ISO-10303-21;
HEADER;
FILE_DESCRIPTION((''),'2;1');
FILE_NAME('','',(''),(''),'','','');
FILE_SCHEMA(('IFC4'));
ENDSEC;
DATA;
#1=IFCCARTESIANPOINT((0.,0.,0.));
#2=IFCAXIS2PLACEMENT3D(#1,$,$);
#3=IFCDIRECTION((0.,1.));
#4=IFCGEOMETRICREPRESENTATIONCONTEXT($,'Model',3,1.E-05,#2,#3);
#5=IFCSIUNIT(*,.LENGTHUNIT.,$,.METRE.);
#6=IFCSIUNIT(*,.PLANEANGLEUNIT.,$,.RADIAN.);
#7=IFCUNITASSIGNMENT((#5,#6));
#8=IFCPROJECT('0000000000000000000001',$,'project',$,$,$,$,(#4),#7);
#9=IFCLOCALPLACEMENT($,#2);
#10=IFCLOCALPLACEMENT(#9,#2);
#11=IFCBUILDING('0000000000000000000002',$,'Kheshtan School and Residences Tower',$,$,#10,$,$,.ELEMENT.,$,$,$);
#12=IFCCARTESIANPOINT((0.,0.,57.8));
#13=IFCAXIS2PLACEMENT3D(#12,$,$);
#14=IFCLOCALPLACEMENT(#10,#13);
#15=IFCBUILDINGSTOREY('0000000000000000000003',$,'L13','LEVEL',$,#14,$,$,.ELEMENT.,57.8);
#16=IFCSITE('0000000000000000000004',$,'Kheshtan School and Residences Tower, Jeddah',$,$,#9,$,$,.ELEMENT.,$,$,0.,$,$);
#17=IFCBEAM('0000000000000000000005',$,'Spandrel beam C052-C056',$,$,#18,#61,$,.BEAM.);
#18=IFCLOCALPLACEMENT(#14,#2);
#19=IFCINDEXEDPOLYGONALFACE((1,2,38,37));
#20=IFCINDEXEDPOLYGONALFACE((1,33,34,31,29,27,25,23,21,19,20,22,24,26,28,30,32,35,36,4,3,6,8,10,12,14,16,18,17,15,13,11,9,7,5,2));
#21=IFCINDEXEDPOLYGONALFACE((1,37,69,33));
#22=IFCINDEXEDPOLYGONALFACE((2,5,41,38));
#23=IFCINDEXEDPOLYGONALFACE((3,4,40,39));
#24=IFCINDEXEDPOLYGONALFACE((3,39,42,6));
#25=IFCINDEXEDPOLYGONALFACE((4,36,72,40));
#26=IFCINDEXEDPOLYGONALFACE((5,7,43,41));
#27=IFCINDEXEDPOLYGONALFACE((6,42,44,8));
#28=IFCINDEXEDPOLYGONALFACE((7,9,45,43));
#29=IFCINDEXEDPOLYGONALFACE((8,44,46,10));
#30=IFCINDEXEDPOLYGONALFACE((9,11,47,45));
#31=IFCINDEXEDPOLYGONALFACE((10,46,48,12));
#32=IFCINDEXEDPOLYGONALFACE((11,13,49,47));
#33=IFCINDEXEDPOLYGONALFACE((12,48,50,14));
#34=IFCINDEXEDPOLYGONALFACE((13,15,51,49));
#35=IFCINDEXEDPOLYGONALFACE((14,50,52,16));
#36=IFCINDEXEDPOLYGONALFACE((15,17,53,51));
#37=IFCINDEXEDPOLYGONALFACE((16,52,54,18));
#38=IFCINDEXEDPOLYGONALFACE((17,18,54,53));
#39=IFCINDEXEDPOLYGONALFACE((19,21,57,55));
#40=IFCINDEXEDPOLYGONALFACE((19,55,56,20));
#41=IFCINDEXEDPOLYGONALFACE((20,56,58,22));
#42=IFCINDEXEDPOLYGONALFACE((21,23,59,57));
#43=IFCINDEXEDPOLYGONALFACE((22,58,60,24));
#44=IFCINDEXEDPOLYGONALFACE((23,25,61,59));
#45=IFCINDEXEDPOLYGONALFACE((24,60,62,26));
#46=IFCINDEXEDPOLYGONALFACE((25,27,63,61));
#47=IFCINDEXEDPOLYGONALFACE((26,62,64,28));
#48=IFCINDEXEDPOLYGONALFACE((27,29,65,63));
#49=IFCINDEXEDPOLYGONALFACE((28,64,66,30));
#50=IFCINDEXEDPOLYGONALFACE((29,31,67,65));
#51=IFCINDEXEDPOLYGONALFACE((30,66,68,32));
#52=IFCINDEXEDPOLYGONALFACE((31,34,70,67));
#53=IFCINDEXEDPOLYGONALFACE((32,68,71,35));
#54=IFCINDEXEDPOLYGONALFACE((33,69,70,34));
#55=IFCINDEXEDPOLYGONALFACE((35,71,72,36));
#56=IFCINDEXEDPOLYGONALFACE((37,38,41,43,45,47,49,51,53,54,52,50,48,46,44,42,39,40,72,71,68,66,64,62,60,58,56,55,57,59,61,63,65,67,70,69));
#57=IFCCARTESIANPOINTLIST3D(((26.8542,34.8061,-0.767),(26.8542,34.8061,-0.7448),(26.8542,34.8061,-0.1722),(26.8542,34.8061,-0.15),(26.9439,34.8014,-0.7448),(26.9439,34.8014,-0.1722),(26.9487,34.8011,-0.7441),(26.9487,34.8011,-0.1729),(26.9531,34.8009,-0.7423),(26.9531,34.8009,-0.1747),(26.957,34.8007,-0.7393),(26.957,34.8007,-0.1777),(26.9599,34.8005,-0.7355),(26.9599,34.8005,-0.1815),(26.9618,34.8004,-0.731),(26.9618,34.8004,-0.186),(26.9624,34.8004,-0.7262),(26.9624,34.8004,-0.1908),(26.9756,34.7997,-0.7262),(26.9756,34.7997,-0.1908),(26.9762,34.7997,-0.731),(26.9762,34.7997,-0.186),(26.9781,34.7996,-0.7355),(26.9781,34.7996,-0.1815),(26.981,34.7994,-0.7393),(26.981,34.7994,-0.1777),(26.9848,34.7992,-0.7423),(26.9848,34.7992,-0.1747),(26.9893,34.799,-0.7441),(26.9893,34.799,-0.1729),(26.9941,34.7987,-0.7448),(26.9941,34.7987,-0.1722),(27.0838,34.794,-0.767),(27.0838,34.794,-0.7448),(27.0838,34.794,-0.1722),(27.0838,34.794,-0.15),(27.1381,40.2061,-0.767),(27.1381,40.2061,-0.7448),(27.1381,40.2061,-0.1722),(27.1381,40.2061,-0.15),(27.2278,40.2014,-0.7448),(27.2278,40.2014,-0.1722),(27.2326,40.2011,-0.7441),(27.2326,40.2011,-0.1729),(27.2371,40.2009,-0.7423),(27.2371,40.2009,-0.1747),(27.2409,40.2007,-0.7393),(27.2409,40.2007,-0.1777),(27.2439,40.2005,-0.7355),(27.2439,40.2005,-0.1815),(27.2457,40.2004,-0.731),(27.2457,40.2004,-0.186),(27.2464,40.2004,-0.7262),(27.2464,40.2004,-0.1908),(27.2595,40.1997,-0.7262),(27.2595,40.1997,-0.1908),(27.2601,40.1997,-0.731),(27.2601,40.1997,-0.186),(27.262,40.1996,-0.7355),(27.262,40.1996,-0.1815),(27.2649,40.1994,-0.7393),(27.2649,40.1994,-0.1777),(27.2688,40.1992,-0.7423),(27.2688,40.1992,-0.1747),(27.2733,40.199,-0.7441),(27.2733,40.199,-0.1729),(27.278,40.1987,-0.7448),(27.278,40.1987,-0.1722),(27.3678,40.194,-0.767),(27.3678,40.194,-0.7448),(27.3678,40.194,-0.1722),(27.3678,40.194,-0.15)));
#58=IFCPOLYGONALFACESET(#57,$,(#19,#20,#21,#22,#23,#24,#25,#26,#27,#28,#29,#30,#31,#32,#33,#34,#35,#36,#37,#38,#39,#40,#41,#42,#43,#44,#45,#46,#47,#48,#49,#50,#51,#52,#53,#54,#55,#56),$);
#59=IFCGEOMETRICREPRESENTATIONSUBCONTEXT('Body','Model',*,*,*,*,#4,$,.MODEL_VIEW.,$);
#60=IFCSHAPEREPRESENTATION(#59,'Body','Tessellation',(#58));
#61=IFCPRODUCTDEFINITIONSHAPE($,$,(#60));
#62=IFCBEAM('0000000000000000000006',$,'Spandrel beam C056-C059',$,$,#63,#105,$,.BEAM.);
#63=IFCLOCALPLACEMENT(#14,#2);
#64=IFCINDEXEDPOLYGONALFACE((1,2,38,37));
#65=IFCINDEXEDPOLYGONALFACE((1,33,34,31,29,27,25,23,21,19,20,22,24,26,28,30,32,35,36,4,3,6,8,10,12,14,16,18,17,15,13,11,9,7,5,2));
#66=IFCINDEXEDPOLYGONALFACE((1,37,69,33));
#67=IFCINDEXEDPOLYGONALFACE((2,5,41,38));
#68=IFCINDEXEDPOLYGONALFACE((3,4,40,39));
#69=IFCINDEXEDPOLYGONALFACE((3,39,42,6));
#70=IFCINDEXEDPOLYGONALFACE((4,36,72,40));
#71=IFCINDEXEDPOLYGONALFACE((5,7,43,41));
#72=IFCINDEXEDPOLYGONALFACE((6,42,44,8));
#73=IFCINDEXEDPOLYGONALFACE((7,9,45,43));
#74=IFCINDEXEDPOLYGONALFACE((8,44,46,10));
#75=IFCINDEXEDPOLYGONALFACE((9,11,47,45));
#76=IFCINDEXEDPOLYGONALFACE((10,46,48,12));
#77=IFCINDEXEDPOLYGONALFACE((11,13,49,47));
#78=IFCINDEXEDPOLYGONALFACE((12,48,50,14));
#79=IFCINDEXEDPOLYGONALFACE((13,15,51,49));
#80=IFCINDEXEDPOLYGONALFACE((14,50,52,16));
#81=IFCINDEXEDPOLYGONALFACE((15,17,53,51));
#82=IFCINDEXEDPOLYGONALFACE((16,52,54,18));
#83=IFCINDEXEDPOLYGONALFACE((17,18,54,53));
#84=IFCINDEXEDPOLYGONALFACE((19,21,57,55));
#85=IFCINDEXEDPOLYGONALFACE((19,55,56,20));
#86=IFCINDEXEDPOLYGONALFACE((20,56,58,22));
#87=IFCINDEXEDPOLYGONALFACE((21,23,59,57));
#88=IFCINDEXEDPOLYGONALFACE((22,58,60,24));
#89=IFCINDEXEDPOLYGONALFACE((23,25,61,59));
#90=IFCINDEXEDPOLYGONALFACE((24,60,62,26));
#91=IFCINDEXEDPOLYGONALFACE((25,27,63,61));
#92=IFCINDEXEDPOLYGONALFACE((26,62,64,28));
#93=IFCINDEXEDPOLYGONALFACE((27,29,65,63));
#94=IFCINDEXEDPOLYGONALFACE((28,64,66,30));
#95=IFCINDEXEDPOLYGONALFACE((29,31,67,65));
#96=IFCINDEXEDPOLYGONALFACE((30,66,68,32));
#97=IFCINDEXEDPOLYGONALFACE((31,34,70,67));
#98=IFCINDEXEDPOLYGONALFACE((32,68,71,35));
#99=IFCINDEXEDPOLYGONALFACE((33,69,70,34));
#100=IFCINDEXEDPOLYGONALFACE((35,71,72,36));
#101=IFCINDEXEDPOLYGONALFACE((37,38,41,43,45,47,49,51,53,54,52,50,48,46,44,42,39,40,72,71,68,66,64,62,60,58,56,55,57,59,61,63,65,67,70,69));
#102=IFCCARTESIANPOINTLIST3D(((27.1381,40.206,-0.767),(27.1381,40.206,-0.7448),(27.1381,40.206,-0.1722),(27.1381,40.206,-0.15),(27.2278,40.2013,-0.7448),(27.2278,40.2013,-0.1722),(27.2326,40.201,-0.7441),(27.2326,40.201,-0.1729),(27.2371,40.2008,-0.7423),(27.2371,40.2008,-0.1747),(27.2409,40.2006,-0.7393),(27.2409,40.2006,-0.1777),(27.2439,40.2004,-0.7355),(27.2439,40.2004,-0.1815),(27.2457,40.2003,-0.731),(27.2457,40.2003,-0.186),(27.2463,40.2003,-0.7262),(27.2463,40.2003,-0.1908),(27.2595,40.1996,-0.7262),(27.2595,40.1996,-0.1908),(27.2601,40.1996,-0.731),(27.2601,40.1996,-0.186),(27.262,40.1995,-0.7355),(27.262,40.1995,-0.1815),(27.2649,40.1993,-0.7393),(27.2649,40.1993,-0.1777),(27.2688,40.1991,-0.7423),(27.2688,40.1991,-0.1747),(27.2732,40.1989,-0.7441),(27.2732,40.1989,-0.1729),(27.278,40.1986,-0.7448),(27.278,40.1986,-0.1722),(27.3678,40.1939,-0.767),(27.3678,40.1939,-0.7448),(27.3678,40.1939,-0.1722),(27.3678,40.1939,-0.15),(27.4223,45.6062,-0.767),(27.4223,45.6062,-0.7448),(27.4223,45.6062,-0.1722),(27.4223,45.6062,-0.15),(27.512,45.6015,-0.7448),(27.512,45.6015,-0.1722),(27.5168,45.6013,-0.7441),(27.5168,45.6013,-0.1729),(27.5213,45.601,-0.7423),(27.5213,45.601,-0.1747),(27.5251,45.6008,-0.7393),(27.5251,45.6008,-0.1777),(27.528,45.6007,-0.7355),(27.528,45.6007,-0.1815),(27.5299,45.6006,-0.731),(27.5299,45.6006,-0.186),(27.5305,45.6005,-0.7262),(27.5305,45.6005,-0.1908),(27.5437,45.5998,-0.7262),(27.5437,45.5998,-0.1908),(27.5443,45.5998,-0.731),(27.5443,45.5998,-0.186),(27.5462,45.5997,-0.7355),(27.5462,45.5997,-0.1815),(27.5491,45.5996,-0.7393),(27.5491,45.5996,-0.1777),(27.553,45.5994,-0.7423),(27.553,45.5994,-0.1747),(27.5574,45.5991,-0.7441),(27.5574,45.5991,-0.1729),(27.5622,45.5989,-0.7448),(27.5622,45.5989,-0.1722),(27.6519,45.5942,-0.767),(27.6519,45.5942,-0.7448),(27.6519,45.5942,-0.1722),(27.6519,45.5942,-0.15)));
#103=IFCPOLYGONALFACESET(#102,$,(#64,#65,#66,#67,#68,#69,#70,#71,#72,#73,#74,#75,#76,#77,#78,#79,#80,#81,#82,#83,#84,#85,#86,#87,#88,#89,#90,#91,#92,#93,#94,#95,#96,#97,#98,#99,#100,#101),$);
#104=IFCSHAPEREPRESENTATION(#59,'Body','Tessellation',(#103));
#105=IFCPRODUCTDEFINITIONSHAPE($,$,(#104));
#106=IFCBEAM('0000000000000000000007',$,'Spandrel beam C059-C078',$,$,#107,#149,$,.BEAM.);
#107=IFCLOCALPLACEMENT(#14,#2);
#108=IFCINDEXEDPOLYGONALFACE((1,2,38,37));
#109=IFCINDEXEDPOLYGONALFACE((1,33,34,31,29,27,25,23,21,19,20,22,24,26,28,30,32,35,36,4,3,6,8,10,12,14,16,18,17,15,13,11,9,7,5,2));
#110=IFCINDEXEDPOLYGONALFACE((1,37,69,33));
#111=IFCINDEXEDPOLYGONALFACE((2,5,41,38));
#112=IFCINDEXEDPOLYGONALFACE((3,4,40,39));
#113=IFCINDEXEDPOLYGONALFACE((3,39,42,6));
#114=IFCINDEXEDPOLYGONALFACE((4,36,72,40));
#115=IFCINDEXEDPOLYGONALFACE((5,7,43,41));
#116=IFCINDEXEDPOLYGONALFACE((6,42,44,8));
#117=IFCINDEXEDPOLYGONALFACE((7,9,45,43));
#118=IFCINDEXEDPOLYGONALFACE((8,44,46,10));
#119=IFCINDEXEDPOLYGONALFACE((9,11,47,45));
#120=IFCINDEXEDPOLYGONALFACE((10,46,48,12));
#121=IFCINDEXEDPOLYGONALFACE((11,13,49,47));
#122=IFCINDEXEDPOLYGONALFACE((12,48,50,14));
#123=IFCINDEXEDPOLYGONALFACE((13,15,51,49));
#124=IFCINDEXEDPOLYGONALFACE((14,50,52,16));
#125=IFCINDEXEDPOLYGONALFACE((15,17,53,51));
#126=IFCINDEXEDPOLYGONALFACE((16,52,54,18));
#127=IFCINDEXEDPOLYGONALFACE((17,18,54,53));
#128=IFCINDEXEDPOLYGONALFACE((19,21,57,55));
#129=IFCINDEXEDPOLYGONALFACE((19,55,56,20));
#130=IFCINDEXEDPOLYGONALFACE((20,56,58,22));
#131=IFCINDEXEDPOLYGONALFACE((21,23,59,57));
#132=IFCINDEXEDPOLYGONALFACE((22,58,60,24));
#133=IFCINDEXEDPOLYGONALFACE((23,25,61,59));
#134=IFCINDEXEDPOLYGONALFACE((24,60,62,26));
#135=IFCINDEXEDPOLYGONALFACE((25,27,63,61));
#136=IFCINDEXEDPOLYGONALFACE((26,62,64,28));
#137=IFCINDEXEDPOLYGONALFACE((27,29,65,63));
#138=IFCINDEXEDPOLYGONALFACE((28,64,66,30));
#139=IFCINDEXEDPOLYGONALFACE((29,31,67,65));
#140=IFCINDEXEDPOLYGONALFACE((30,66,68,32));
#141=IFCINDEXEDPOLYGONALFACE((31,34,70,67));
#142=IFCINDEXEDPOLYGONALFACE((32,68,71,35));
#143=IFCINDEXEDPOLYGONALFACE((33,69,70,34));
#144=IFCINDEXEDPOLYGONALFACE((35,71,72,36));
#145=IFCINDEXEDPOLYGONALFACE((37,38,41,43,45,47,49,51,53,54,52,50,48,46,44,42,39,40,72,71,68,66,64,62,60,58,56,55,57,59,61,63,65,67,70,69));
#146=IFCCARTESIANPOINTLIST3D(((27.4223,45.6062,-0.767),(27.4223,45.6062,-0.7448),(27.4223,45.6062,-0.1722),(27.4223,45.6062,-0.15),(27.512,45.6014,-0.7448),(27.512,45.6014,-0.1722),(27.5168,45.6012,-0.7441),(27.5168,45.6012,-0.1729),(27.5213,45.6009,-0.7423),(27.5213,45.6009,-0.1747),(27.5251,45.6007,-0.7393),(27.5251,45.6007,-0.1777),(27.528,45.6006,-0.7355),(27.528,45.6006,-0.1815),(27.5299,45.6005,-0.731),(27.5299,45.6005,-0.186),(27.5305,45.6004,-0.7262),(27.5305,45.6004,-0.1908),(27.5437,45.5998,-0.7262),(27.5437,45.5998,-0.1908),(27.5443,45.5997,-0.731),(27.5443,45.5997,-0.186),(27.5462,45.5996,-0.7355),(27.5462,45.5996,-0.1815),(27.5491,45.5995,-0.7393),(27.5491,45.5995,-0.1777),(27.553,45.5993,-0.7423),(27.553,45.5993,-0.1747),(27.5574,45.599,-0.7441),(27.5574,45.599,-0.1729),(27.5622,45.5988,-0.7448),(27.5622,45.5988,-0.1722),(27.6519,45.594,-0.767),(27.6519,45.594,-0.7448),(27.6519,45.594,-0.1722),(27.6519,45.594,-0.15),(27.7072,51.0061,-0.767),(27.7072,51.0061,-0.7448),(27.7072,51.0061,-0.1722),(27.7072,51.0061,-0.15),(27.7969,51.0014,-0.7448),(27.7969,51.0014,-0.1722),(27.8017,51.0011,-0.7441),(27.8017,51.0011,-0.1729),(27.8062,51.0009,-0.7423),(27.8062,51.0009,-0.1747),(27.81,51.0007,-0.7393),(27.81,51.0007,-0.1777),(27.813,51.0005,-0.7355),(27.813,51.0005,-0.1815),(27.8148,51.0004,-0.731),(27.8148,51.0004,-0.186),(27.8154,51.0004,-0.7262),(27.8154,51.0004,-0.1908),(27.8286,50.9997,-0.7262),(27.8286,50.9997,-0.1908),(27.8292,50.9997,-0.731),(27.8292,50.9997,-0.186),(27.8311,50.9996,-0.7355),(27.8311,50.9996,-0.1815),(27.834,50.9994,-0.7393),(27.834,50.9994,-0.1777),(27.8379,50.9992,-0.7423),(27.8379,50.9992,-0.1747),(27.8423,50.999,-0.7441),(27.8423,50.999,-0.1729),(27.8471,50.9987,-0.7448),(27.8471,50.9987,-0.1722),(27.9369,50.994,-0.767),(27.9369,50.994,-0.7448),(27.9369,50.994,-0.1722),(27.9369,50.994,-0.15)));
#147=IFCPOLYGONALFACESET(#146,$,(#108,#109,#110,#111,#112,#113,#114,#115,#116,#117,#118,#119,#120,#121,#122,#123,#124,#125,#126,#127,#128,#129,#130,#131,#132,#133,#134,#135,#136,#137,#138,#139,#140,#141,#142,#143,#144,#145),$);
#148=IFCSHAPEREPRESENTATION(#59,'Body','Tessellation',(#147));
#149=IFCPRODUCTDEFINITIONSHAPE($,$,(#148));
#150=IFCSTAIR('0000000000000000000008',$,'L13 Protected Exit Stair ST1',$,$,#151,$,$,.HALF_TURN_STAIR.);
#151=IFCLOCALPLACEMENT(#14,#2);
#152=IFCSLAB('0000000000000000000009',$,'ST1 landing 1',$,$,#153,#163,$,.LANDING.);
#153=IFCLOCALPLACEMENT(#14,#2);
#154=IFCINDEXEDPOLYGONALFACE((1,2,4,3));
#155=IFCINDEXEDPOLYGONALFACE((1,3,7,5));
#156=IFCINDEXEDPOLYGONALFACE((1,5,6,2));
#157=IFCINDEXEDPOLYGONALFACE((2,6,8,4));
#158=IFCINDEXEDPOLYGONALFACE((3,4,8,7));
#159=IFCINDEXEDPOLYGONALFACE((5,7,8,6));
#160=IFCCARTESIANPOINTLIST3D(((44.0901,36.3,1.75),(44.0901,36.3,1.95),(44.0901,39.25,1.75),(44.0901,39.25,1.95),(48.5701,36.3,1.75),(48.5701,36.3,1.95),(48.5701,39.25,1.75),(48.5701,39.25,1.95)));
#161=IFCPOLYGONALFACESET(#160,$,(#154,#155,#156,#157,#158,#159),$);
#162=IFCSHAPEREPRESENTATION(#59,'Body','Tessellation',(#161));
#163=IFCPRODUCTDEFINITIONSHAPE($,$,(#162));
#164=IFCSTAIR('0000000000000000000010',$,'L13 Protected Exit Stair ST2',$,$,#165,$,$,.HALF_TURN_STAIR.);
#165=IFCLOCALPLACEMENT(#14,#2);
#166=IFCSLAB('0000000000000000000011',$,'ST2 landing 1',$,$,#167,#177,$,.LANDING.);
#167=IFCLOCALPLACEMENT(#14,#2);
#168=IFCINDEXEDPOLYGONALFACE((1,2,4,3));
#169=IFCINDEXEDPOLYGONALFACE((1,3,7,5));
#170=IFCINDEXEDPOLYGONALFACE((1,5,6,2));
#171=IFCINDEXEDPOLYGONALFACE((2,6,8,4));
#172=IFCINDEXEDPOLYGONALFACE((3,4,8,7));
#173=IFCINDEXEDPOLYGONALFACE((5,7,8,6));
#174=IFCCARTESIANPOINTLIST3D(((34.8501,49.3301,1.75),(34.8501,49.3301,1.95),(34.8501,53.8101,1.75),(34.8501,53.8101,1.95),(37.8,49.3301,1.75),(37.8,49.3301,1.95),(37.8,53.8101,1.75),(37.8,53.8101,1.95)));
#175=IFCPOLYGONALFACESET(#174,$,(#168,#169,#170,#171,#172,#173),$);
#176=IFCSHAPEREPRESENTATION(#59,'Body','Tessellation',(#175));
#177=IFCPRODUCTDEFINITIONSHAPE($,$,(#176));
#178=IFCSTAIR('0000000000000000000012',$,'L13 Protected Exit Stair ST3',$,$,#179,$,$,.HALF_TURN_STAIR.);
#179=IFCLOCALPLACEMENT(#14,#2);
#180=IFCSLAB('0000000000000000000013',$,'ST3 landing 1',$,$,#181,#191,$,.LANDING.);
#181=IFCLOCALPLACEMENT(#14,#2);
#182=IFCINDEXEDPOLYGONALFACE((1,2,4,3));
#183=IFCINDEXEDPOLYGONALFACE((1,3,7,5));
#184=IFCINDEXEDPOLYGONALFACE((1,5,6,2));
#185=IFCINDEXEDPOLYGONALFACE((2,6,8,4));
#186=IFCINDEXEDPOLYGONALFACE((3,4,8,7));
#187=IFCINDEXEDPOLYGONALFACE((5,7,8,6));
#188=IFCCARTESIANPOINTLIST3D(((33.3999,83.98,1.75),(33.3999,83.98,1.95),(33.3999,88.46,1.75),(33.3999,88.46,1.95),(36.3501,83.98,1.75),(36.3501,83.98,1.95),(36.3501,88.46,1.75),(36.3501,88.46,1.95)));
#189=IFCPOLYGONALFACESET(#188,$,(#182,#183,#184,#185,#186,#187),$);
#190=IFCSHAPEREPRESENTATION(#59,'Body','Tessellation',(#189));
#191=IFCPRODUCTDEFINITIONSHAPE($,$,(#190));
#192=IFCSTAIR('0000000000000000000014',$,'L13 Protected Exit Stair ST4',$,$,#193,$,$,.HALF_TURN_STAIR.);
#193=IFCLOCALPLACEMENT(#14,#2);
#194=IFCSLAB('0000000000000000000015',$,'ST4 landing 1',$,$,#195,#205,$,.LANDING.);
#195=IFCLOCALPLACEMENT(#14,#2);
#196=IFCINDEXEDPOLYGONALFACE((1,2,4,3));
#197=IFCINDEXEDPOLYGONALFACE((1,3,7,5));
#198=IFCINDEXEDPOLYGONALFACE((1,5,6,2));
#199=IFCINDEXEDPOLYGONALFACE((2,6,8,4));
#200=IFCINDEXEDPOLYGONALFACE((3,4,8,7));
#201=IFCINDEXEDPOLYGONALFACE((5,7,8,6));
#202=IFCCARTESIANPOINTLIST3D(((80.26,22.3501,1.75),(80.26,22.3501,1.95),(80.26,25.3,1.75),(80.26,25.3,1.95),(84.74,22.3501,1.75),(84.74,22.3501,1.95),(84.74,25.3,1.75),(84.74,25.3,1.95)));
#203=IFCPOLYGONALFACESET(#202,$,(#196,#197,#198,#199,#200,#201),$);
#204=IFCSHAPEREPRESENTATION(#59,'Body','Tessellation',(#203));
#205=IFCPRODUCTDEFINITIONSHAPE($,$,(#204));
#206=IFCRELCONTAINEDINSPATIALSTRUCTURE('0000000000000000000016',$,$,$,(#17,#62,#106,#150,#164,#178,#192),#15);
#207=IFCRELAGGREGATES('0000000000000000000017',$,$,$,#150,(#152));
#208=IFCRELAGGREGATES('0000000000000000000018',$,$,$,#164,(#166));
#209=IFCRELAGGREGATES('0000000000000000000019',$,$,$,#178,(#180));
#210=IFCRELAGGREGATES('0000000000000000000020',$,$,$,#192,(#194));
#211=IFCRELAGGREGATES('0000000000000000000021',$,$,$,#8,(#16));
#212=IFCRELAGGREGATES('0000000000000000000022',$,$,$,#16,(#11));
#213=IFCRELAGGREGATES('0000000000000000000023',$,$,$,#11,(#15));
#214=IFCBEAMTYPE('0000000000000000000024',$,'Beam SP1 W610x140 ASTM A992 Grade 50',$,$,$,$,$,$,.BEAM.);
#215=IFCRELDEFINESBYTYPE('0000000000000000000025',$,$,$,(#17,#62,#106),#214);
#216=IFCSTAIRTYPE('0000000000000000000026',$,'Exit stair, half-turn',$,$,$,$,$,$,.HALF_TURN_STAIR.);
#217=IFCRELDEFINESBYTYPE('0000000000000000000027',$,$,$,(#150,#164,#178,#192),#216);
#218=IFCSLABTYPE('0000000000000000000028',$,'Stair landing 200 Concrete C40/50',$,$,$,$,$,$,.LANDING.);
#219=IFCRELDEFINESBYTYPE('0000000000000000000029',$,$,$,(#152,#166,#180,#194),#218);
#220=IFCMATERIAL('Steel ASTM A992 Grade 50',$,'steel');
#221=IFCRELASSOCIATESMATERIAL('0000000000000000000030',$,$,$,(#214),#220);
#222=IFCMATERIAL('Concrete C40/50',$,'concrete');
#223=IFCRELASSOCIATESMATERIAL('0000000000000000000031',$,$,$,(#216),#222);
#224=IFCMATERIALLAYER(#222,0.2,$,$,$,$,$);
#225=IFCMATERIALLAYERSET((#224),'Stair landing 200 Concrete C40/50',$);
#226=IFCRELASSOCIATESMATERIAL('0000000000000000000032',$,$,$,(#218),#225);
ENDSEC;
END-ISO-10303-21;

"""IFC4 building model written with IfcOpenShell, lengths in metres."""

from ifc_helpers import new_model, si_unit, direction, frame, origin, origin_2d, place, context, subcontext, project, spatial, polyline, i_section, outline, extrude, material, layer, layer_set, material_profile, profile_set, type_object, element, aggregate, save


model = new_model("IFC4")

# Units and contexts
model_context = context("Model", 3, precision=1e-05, world=origin(), true_north=direction((0.0, 1.0)))
body_context = subcontext(model_context, "Body", "Model", "MODEL_VIEW")
ifc_project = project(units=[si_unit("LENGTHUNIT", "METRE"), si_unit("PLANEANGLEUNIT", "RADIAN")], contexts=[model_context])

# Site, building, storey
site_placement = place(None, origin())
site = spatial("IfcSite", under=ifc_project, at=site_placement, Name="Kheshtan School and Residences Tower, Jeddah", CompositionType="ELEMENT", RefElevation=0.0)
building_placement = place(site_placement, origin())
building = spatial("IfcBuilding", under=site, at=building_placement, Name="Kheshtan School and Residences Tower", CompositionType="ELEMENT")
storey_placement = place(building_placement, frame((0.0, 0.0, 57.8)))
storey = spatial("IfcBuildingStorey", under=building, at=storey_placement, Name="L13", Description="LEVEL", CompositionType="ELEMENT", Elevation=57.8)

# Shared definitions
ifc_material_1 = material(Name="Steel ASTM A992 Grade 50", Category="steel")

# Beams
ifc_material_profile_1 = material_profile(ifc_material_1, i_section(OverallWidth=0.23, OverallDepth=0.6169, WebThickness=0.0132, FlangeThickness=0.0222, FilletRadius=0.0186, at=origin_2d()), Name="W610x140")
ifc_profile_set_1 = profile_set([ifc_material_profile_1], Name="Steel ASTM A992 Grade 50")
beam_type_1 = type_object("IfcBeamType", Name="Beam SP1 W610x140 ASTM A992 Grade 50", PredefinedType="BEAM", material=ifc_profile_set_1)
beam_1_placement = place(storey_placement, frame((26.969, 34.8, -0.4585), z_axis=(0.052509, 0.99862, 0.0), x_axis=(-0.99862, 0.052509, 0.0)))
element("IfcBeam", 1, at=beam_1_placement, inside=storey, type_object=beam_type_1, Name="Spandrel beam C052-C056", PredefinedType="BEAM", context=body_context, shape_type="SweptSolid", body=[
    extrude(i_section(OverallWidth=0.23, OverallDepth=0.6169, WebThickness=0.0132, FlangeThickness=0.0222, FilletRadius=0.0186, at=origin_2d()), origin(), (0.0, 0.0, 1.0), 5.4075),
])
beam_2_placement = place(storey_placement, frame((27.2529, 40.2, -0.4585), z_axis=(0.052552, 0.998618, 0.0), x_axis=(-0.998618, 0.052552, 0.0)))
element("IfcBeam", 2, at=beam_2_placement, inside=storey, type_object=beam_type_1, Name="Spandrel beam C056-C059", PredefinedType="BEAM", context=body_context, shape_type="SweptSolid", body=[
    extrude(i_section(OverallWidth=0.23, OverallDepth=0.6169, WebThickness=0.0132, FlangeThickness=0.0222, FilletRadius=0.0186, at=origin_2d()), origin(), (0.0, 0.0, 1.0), 5.4077),
])
beam_3_placement = place(storey_placement, frame((27.5371, 45.6001, -0.4585), z_axis=(0.052689, 0.998611, 0.0), x_axis=(-0.998611, 0.052689, 0.0)))
element("IfcBeam", 3, at=beam_3_placement, inside=storey, type_object=beam_type_1, Name="Spandrel beam C059-C078", PredefinedType="BEAM", context=body_context, shape_type="SweptSolid", body=[
    extrude(i_section(OverallWidth=0.23, OverallDepth=0.6169, WebThickness=0.0132, FlangeThickness=0.0222, FilletRadius=0.0186, at=origin_2d()), origin(), (0.0, 0.0, 1.0), 5.4075),
])

# Shared definitions
ifc_material_2 = material(Name="Concrete C40/50", Category="concrete")

# Stairs, slabs
stair_type = type_object("IfcStairType", Name="Exit stair, half-turn", PredefinedType="HALF_TURN_STAIR", material=ifc_material_2)
stair_1_placement = place(storey_placement, origin())
stair_1 = element("IfcStair", 4, at=stair_1_placement, inside=storey, type_object=stair_type, Name="L13 Protected Exit Stair ST1", PredefinedType="HALF_TURN_STAIR")
ifc_layer_1 = layer(ifc_material_2, 0.2)
ifc_layer_set_1 = layer_set([ifc_layer_1], Name="Stair landing 200 Concrete C40/50")
slab_type_1 = type_object("IfcSlabType", Name="Stair landing 200 Concrete C40/50", PredefinedType="LANDING", material=ifc_layer_set_1)
slab_1_placement = place(storey_placement, frame((0.0, 0.0, 1.75)))
slab_1 = element("IfcSlab", 5, at=slab_1_placement, type_object=slab_type_1, Name="ST1 landing 1", PredefinedType="LANDING", context=body_context, shape_type="SweptSolid", body=[
    extrude(outline(polyline([(48.5701, 39.25), (44.0901, 39.25), (44.0901, 36.3), (48.5701, 36.3), (48.5701, 39.25)])), origin(), (0.0, 0.0, 1.0), 0.2),
])
aggregate(stair_1, [slab_1])
stair_2_placement = place(storey_placement, origin())
stair_2 = element("IfcStair", 6, at=stair_2_placement, inside=storey, type_object=stair_type, Name="L13 Protected Exit Stair ST2", PredefinedType="HALF_TURN_STAIR")
slab_2_placement = place(storey_placement, frame((0.0, 0.0, 1.75)))
slab_2 = element("IfcSlab", 7, at=slab_2_placement, type_object=slab_type_1, Name="ST2 landing 1", PredefinedType="LANDING", context=body_context, shape_type="SweptSolid", body=[
    extrude(outline(polyline([(37.8, 49.3301), (37.8, 53.8101), (34.8501, 53.8101), (34.8501, 49.3301), (37.8, 49.3301)])), origin(), (0.0, 0.0, 1.0), 0.2),
])
aggregate(stair_2, [slab_2])
stair_3_placement = place(storey_placement, origin())
stair_3 = element("IfcStair", 8, at=stair_3_placement, inside=storey, type_object=stair_type, Name="L13 Protected Exit Stair ST3", PredefinedType="HALF_TURN_STAIR")
slab_3_placement = place(storey_placement, frame((0.0, 0.0, 1.75)))
slab_3 = element("IfcSlab", 9, at=slab_3_placement, type_object=slab_type_1, Name="ST3 landing 1", PredefinedType="LANDING", context=body_context, shape_type="SweptSolid", body=[
    extrude(outline(polyline([(36.3501, 83.98), (36.3501, 88.46), (33.3999, 88.46), (33.3999, 83.98), (36.3501, 83.98)])), origin(), (0.0, 0.0, 1.0), 0.2),
])
aggregate(stair_3, [slab_3])
stair_4_placement = place(storey_placement, origin())
stair_4 = element("IfcStair", 10, at=stair_4_placement, inside=storey, type_object=stair_type, Name="L13 Protected Exit Stair ST4", PredefinedType="HALF_TURN_STAIR")
slab_4_placement = place(storey_placement, frame((0.0, 0.0, 1.75)))
slab_4 = element("IfcSlab", 11, at=slab_4_placement, type_object=slab_type_1, Name="ST4 landing 1", PredefinedType="LANDING", context=body_context, shape_type="SweptSolid", body=[
    extrude(outline(polyline([(84.74, 25.3), (80.26, 25.3), (80.26, 22.3501), (84.74, 22.3501), (84.74, 25.3)])), origin(), (0.0, 0.0, 1.0), 0.2),
])
aggregate(stair_4, [slab_4])

save(model, "model.ifc")
